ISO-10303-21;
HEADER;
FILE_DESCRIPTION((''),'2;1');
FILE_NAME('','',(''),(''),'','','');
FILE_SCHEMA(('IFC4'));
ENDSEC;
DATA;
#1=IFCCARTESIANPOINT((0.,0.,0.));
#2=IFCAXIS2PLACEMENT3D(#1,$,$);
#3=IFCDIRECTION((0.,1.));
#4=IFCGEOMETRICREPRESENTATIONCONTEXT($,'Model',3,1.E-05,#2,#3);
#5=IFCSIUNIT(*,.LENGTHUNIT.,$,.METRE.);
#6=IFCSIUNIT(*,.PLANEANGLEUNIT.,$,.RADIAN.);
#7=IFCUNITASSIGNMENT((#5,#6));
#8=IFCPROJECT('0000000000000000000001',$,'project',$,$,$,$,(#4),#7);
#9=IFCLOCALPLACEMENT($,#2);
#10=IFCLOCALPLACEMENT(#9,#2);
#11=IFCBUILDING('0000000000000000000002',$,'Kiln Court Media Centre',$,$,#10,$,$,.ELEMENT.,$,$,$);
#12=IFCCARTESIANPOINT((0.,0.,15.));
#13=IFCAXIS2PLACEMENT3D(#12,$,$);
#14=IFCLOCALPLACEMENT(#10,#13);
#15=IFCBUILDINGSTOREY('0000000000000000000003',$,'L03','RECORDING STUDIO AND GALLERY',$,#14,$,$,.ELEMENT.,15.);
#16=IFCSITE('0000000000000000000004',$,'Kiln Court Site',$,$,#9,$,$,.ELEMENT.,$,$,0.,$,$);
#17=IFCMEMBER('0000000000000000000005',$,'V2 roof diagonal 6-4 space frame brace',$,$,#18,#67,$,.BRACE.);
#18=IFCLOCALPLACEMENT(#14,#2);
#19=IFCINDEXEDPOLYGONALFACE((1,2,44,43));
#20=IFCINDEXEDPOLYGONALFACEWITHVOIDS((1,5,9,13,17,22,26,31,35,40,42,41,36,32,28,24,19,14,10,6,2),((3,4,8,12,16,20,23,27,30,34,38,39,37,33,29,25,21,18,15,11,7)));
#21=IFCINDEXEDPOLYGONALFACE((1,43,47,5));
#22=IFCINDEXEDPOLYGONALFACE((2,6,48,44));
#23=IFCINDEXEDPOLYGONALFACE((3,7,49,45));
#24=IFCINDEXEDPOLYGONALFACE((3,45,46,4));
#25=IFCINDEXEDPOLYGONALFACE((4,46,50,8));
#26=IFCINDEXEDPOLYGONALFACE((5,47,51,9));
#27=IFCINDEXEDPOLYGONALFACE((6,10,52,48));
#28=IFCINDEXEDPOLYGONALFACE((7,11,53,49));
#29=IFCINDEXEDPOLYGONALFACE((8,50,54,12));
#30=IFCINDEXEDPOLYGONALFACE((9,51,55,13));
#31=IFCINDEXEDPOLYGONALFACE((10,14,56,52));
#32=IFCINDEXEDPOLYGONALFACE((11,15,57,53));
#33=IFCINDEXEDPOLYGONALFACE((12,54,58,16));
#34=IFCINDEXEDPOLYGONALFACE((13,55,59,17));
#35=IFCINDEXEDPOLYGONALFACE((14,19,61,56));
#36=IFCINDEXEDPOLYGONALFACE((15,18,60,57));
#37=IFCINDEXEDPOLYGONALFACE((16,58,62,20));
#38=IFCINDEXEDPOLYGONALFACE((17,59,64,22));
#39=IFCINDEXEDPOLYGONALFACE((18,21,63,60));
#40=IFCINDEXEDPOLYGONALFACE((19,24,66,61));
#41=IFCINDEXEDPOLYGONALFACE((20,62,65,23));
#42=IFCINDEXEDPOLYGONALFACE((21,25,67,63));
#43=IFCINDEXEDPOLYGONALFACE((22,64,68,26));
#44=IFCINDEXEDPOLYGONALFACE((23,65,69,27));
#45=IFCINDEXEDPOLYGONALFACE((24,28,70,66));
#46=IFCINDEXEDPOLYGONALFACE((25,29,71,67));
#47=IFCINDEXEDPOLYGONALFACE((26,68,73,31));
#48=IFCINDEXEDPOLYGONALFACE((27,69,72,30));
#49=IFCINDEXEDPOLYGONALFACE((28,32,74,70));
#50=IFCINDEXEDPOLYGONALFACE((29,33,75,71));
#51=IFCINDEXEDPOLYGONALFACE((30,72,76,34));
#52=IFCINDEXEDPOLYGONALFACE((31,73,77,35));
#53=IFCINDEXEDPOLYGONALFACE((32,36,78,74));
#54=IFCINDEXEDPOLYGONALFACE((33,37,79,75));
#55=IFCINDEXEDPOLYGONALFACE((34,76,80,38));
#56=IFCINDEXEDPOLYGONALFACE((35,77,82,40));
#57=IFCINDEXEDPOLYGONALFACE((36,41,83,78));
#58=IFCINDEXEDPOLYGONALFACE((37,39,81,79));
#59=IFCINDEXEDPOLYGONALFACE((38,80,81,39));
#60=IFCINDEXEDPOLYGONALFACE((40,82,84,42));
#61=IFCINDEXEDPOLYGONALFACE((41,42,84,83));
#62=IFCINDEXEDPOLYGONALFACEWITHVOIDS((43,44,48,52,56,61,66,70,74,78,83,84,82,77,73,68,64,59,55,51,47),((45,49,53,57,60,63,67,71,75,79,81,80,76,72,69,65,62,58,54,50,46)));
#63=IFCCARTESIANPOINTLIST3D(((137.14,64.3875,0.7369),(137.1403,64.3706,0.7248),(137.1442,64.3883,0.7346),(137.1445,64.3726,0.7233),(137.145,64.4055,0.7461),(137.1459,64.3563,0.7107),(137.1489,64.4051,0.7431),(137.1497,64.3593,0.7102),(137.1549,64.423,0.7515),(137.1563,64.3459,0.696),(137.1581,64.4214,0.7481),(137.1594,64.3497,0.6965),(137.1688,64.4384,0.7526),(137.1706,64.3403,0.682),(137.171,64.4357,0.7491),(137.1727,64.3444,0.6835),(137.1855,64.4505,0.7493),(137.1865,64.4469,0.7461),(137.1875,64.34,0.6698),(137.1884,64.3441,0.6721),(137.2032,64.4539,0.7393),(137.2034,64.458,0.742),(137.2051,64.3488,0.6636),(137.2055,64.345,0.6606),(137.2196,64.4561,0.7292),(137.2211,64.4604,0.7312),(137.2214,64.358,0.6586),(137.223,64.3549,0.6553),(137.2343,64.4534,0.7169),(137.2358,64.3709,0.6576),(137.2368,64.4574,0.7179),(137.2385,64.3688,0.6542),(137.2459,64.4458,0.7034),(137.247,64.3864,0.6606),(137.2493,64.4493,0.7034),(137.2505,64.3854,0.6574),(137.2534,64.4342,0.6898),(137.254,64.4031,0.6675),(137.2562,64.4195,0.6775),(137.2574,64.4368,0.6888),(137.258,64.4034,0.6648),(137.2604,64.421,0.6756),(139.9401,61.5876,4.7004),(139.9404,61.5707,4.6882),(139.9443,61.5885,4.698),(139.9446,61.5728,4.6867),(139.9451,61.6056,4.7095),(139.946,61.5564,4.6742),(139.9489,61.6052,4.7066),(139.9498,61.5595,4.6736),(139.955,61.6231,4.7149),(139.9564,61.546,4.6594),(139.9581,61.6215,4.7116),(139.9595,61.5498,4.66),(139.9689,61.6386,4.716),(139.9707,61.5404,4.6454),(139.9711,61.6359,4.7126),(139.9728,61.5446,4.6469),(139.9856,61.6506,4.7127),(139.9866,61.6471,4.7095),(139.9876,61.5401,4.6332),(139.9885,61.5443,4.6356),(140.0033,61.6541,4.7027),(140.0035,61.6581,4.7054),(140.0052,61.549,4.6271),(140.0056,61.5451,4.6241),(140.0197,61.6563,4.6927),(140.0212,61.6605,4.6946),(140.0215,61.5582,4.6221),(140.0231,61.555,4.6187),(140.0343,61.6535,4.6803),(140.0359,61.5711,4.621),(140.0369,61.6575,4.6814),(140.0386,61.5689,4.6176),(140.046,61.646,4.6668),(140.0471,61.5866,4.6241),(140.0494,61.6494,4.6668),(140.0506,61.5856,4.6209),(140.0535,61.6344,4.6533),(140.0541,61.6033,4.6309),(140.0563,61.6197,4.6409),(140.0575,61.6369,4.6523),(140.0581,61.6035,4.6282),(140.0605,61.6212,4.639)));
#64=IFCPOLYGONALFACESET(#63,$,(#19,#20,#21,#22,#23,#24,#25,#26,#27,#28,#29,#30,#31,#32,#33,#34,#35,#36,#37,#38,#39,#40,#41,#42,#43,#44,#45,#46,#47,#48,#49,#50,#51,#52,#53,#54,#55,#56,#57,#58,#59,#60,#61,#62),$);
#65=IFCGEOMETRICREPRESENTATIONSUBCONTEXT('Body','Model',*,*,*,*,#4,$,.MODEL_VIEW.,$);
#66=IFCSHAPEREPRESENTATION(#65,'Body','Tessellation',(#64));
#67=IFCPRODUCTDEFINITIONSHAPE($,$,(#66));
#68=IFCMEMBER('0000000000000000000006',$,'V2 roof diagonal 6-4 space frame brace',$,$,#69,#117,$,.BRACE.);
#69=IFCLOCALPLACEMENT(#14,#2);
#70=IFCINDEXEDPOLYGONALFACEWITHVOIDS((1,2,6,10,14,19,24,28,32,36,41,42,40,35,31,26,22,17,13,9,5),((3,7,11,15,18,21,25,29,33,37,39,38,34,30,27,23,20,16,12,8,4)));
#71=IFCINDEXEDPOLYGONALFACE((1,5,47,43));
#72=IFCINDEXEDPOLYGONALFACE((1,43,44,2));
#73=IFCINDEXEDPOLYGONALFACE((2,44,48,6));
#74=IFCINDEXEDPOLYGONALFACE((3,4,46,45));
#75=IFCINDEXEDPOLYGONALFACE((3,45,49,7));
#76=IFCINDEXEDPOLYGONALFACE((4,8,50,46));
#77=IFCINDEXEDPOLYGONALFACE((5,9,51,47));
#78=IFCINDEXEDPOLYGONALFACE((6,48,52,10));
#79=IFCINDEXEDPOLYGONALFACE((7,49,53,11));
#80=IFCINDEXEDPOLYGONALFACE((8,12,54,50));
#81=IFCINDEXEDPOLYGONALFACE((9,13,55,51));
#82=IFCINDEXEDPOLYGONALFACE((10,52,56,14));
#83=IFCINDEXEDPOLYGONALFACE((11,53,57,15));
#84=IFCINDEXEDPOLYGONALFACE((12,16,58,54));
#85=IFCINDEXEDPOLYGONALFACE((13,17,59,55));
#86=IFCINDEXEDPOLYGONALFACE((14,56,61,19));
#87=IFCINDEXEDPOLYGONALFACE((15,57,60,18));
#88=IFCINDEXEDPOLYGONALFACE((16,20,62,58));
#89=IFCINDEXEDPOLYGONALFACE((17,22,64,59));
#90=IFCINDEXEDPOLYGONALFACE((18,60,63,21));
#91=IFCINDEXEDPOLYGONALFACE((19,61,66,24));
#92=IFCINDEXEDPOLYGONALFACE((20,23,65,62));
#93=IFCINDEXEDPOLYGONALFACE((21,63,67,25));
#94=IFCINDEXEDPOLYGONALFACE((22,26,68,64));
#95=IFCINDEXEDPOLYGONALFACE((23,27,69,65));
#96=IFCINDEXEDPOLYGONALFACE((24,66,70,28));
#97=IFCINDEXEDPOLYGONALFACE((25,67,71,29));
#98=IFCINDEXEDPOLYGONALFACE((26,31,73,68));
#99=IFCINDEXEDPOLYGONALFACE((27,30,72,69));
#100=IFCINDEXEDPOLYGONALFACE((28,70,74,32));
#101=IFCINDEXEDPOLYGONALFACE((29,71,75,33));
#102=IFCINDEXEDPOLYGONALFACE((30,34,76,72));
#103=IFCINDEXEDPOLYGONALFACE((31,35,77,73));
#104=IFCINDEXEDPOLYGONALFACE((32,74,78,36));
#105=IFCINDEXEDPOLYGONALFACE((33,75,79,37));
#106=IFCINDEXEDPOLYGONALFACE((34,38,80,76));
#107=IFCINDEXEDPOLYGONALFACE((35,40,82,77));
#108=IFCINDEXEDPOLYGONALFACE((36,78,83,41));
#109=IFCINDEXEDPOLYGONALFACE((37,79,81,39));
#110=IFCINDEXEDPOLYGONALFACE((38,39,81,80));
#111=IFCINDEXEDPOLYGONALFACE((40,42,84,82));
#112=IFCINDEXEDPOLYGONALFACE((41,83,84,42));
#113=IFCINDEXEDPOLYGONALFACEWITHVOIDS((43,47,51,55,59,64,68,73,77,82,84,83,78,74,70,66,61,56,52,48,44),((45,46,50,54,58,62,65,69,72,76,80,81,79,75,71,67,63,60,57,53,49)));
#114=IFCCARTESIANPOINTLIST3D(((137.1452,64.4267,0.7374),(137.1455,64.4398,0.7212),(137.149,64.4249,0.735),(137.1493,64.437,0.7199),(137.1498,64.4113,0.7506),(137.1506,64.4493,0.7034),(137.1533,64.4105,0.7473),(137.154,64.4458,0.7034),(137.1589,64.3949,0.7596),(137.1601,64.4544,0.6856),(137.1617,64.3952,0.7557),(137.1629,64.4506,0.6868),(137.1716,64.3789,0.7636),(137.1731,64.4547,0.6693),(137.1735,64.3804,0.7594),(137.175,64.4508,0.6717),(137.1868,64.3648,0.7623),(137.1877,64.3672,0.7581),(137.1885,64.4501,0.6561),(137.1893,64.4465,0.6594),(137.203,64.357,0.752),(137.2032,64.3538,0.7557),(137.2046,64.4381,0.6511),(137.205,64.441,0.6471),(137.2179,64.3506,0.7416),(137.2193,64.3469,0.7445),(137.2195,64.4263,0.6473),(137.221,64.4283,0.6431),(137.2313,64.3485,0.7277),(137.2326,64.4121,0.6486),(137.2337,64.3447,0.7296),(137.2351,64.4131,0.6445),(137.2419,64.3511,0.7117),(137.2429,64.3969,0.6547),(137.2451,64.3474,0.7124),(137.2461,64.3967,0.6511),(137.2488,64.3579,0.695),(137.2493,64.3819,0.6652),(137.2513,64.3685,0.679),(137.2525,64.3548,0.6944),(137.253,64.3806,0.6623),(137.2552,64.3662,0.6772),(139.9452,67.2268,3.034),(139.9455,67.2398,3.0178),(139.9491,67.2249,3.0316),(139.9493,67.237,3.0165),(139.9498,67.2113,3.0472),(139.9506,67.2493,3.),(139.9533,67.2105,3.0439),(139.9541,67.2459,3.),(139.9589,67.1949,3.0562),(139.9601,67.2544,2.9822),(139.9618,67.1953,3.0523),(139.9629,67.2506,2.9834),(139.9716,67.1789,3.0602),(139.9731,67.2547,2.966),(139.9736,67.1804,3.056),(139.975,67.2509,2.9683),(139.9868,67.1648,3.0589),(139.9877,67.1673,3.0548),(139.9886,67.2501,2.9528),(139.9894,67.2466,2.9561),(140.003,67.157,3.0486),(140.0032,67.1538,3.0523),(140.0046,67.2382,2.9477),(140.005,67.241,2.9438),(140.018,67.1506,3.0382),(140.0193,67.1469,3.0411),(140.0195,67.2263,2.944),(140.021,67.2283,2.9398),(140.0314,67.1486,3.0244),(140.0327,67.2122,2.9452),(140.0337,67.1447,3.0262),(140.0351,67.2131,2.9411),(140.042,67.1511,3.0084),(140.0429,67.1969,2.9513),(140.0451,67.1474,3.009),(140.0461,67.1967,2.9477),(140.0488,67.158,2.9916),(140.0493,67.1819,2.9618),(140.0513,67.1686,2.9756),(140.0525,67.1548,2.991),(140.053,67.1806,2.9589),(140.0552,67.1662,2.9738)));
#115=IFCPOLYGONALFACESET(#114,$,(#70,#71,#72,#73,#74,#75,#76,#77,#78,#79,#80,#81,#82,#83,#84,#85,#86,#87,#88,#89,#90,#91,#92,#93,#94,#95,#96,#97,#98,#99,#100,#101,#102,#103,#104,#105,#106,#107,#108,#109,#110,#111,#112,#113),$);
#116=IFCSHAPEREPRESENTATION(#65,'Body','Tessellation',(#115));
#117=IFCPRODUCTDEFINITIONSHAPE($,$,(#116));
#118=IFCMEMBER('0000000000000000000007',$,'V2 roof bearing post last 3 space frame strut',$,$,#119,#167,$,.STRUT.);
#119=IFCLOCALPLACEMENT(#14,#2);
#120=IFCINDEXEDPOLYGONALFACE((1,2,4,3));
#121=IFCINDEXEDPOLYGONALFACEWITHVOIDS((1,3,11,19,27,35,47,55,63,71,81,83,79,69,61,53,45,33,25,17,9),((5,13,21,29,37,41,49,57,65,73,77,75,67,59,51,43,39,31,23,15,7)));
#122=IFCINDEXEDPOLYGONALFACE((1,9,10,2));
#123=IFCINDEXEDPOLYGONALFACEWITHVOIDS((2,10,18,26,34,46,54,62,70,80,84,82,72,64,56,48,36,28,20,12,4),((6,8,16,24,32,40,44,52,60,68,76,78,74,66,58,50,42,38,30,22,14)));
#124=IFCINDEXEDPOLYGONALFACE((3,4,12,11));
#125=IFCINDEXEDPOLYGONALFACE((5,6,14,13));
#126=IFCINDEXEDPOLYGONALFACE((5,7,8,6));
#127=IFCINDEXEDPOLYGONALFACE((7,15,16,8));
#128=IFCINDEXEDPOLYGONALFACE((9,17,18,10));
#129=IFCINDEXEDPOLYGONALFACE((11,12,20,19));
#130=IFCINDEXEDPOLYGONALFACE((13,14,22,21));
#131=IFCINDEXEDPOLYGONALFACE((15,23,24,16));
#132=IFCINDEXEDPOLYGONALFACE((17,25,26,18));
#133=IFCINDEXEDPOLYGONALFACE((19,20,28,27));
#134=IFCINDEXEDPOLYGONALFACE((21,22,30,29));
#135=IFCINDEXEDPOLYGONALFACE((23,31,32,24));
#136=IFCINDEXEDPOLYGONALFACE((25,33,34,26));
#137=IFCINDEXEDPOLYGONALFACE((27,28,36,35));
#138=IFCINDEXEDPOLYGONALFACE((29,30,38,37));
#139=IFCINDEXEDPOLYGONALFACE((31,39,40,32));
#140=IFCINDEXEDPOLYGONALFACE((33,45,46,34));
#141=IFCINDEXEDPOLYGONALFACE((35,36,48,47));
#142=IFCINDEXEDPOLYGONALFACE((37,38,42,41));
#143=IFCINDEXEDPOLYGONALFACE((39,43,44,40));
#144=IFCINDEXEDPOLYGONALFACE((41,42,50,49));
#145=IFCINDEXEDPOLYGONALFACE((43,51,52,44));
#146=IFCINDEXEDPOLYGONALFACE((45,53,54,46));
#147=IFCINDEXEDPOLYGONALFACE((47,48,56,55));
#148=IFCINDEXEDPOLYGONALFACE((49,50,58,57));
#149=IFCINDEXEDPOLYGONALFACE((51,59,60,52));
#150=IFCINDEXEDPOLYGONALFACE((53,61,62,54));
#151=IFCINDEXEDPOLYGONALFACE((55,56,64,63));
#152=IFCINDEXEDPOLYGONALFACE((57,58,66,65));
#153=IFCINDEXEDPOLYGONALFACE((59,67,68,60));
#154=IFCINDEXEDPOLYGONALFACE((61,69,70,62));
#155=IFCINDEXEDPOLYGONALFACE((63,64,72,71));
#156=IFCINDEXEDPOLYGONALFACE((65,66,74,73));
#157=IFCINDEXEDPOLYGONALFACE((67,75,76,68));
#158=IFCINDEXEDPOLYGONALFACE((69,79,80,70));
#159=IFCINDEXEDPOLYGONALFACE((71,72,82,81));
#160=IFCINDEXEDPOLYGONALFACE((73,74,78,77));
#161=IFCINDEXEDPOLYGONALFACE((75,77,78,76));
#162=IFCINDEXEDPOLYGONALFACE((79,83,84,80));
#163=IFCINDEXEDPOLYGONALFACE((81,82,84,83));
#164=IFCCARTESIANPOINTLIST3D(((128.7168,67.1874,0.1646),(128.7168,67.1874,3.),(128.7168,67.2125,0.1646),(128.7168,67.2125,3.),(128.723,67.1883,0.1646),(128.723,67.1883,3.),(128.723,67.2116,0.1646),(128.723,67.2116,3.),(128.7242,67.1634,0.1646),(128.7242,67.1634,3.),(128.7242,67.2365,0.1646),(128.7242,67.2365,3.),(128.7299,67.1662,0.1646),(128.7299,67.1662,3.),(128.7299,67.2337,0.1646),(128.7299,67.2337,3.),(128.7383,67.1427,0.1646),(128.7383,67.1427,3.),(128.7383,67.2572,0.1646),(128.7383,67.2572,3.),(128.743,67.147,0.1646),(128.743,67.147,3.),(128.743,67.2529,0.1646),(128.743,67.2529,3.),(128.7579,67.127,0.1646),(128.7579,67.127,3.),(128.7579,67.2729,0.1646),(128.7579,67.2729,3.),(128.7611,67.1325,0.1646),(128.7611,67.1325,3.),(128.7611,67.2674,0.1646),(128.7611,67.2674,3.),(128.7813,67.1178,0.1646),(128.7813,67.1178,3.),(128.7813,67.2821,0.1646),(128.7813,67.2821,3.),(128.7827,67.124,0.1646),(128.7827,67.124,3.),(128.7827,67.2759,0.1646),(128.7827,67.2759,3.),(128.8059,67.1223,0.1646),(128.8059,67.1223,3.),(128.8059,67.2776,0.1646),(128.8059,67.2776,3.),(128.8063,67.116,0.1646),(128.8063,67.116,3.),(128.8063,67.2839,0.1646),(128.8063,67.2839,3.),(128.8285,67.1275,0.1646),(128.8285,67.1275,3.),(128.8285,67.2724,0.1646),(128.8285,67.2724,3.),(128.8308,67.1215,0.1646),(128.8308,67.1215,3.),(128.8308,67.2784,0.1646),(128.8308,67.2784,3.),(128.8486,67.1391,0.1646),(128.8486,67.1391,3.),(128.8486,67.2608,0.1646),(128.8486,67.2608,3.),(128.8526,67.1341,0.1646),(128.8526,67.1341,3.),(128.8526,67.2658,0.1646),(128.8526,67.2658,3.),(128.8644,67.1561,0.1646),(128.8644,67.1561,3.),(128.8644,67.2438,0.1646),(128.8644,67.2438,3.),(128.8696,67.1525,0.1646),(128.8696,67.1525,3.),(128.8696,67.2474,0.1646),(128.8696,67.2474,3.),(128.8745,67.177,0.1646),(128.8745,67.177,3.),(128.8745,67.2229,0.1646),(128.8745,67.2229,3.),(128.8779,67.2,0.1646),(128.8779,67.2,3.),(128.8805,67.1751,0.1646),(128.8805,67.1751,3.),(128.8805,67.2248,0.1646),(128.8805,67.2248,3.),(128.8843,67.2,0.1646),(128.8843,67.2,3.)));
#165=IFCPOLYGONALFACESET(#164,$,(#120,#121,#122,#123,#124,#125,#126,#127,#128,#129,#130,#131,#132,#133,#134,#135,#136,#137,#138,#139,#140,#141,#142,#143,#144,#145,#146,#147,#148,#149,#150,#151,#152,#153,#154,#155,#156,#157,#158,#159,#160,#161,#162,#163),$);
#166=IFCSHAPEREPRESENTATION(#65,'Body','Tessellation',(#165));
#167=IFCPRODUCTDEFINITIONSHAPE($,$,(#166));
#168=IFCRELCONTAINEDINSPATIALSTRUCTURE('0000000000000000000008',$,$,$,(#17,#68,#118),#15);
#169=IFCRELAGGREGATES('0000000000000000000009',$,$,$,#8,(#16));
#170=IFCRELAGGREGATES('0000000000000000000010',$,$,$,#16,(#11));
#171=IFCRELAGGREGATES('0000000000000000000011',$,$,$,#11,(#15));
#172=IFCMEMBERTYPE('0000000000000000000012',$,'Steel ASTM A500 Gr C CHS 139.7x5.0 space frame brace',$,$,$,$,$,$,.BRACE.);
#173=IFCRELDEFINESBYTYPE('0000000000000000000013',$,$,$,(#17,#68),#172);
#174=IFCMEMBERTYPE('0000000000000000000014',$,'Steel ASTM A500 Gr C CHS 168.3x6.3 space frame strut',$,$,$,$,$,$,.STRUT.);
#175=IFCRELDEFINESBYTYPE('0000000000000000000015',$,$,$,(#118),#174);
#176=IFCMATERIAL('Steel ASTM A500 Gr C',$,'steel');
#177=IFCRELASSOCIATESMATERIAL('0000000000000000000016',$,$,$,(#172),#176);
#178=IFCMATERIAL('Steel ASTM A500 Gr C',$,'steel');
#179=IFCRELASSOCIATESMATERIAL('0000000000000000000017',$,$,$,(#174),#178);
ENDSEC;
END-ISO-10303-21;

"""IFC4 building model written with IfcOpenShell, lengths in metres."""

from ifc_helpers import new_model, si_unit, direction, frame, origin, origin_2d, place, context, subcontext, project, spatial, hollow_circle, extrude, material, material_profile, profile_set, type_object, element, save


model = new_model("IFC4")

# Units and contexts
model_context = context("Model", 3, precision=1e-05, world=origin(), true_north=direction((0.0, 1.0)))
body_context = subcontext(model_context, "Body", "Model", "MODEL_VIEW")
ifc_project = project(units=[si_unit("LENGTHUNIT", "METRE"), si_unit("PLANEANGLEUNIT", "RADIAN")], contexts=[model_context])

# Site, building, storey
site_placement = place(None, origin())
site = spatial("IfcSite", under=ifc_project, at=site_placement, Name="Kiln Court Site", CompositionType="ELEMENT", RefElevation=0.0)
building_placement = place(site_placement, origin())
building = spatial("IfcBuilding", under=site, at=building_placement, Name="Kiln Court Media Centre", CompositionType="ELEMENT")
storey_placement = place(building_placement, frame((0.0, 0.0, 15.0)))
storey = spatial("IfcBuildingStorey", under=building, at=storey_placement, Name="L03", Description="RECORDING STUDIO AND GALLERY", CompositionType="ELEMENT", Elevation=15.0)

# Members
ifc_material_1 = material(Name="Steel ASTM A500 Gr C", Category="steel")
ifc_material_profile_1 = material_profile(ifc_material_1, hollow_circle(Radius=0.0698, WallThickness=0.0049, at=origin_2d()), Name="CHS 139.7x5.0")
ifc_profile_set_1 = profile_set([ifc_material_profile_1], Name="Steel ASTM A500 Gr C")
member_type_1 = type_object("IfcMemberType", Name="Steel ASTM A500 Gr C CHS 139.7x5.0 space frame brace", PredefinedType="BRACE", material=ifc_profile_set_1)
member_1_placement = place(storey_placement, frame((137.2, 64.3999, 0.7034), z_axis=(0.499789, -0.499746, 0.707436), x_axis=(0.707076, 0.707138, 0.0)))
element("IfcMember", 1, at=member_1_placement, inside=storey, type_object=member_type_1, Name="V2 roof diagonal 6-4 space frame brace", PredefinedType="BRACE", context=body_context, shape_type="SweptSolid", body=[
    extrude(hollow_circle(Radius=0.0698, WallThickness=0.0049, at=origin_2d()), origin(), (0.0, 0.0, 1.0), 5.6025),
])
member_2_placement = place(storey_placement, frame((137.2, 64.3999, 0.7034), z_axis=(0.611676, 0.611676, 0.501703), x_axis=(-0.707107, 0.707107, 0.0)))
element("IfcMember", 2, at=member_2_placement, inside=storey, type_object=member_type_1, Name="V2 roof diagonal 6-4 space frame brace", PredefinedType="BRACE", context=body_context, shape_type="SweptSolid", body=[
    extrude(hollow_circle(Radius=0.0698, WallThickness=0.0049, at=origin_2d()), origin(), (0.0, 0.0, 1.0), 4.5776),
])
ifc_material_2 = material(Name="Steel ASTM A500 Gr C", Category="steel")
ifc_material_profile_2 = material_profile(ifc_material_2, hollow_circle(Radius=0.0842, WallThickness=0.0063, at=origin_2d()), Name="CHS 168.3x6.3")
ifc_profile_set_2 = profile_set([ifc_material_profile_2], Name="Steel ASTM A500 Gr C")
member_type_2 = type_object("IfcMemberType", Name="Steel ASTM A500 Gr C CHS 168.3x6.3 space frame strut", PredefinedType="STRUT", material=ifc_profile_set_2)
for number, where, z_axis, x_axis, name in (
    (3, (128.8, 67.2, 0.1646), (0.0, 0.0, 1.0), (1.0, 0.0, 0.0), "V2 roof bearing post last 3 space frame strut"),
):
    element("IfcMember", number, at=place(storey_placement, frame(where, z_axis=z_axis, x_axis=x_axis)), inside=storey, type_object=member_type_2, Name=name, PredefinedType="STRUT", context=body_context, shape_type="SweptSolid", body=[
        extrude(hollow_circle(Radius=0.0842, WallThickness=0.0063, at=origin_2d()), origin(), (0.0, 0.0, 1.0), 2.8354),
    ])

save(model, "model.ifc")
